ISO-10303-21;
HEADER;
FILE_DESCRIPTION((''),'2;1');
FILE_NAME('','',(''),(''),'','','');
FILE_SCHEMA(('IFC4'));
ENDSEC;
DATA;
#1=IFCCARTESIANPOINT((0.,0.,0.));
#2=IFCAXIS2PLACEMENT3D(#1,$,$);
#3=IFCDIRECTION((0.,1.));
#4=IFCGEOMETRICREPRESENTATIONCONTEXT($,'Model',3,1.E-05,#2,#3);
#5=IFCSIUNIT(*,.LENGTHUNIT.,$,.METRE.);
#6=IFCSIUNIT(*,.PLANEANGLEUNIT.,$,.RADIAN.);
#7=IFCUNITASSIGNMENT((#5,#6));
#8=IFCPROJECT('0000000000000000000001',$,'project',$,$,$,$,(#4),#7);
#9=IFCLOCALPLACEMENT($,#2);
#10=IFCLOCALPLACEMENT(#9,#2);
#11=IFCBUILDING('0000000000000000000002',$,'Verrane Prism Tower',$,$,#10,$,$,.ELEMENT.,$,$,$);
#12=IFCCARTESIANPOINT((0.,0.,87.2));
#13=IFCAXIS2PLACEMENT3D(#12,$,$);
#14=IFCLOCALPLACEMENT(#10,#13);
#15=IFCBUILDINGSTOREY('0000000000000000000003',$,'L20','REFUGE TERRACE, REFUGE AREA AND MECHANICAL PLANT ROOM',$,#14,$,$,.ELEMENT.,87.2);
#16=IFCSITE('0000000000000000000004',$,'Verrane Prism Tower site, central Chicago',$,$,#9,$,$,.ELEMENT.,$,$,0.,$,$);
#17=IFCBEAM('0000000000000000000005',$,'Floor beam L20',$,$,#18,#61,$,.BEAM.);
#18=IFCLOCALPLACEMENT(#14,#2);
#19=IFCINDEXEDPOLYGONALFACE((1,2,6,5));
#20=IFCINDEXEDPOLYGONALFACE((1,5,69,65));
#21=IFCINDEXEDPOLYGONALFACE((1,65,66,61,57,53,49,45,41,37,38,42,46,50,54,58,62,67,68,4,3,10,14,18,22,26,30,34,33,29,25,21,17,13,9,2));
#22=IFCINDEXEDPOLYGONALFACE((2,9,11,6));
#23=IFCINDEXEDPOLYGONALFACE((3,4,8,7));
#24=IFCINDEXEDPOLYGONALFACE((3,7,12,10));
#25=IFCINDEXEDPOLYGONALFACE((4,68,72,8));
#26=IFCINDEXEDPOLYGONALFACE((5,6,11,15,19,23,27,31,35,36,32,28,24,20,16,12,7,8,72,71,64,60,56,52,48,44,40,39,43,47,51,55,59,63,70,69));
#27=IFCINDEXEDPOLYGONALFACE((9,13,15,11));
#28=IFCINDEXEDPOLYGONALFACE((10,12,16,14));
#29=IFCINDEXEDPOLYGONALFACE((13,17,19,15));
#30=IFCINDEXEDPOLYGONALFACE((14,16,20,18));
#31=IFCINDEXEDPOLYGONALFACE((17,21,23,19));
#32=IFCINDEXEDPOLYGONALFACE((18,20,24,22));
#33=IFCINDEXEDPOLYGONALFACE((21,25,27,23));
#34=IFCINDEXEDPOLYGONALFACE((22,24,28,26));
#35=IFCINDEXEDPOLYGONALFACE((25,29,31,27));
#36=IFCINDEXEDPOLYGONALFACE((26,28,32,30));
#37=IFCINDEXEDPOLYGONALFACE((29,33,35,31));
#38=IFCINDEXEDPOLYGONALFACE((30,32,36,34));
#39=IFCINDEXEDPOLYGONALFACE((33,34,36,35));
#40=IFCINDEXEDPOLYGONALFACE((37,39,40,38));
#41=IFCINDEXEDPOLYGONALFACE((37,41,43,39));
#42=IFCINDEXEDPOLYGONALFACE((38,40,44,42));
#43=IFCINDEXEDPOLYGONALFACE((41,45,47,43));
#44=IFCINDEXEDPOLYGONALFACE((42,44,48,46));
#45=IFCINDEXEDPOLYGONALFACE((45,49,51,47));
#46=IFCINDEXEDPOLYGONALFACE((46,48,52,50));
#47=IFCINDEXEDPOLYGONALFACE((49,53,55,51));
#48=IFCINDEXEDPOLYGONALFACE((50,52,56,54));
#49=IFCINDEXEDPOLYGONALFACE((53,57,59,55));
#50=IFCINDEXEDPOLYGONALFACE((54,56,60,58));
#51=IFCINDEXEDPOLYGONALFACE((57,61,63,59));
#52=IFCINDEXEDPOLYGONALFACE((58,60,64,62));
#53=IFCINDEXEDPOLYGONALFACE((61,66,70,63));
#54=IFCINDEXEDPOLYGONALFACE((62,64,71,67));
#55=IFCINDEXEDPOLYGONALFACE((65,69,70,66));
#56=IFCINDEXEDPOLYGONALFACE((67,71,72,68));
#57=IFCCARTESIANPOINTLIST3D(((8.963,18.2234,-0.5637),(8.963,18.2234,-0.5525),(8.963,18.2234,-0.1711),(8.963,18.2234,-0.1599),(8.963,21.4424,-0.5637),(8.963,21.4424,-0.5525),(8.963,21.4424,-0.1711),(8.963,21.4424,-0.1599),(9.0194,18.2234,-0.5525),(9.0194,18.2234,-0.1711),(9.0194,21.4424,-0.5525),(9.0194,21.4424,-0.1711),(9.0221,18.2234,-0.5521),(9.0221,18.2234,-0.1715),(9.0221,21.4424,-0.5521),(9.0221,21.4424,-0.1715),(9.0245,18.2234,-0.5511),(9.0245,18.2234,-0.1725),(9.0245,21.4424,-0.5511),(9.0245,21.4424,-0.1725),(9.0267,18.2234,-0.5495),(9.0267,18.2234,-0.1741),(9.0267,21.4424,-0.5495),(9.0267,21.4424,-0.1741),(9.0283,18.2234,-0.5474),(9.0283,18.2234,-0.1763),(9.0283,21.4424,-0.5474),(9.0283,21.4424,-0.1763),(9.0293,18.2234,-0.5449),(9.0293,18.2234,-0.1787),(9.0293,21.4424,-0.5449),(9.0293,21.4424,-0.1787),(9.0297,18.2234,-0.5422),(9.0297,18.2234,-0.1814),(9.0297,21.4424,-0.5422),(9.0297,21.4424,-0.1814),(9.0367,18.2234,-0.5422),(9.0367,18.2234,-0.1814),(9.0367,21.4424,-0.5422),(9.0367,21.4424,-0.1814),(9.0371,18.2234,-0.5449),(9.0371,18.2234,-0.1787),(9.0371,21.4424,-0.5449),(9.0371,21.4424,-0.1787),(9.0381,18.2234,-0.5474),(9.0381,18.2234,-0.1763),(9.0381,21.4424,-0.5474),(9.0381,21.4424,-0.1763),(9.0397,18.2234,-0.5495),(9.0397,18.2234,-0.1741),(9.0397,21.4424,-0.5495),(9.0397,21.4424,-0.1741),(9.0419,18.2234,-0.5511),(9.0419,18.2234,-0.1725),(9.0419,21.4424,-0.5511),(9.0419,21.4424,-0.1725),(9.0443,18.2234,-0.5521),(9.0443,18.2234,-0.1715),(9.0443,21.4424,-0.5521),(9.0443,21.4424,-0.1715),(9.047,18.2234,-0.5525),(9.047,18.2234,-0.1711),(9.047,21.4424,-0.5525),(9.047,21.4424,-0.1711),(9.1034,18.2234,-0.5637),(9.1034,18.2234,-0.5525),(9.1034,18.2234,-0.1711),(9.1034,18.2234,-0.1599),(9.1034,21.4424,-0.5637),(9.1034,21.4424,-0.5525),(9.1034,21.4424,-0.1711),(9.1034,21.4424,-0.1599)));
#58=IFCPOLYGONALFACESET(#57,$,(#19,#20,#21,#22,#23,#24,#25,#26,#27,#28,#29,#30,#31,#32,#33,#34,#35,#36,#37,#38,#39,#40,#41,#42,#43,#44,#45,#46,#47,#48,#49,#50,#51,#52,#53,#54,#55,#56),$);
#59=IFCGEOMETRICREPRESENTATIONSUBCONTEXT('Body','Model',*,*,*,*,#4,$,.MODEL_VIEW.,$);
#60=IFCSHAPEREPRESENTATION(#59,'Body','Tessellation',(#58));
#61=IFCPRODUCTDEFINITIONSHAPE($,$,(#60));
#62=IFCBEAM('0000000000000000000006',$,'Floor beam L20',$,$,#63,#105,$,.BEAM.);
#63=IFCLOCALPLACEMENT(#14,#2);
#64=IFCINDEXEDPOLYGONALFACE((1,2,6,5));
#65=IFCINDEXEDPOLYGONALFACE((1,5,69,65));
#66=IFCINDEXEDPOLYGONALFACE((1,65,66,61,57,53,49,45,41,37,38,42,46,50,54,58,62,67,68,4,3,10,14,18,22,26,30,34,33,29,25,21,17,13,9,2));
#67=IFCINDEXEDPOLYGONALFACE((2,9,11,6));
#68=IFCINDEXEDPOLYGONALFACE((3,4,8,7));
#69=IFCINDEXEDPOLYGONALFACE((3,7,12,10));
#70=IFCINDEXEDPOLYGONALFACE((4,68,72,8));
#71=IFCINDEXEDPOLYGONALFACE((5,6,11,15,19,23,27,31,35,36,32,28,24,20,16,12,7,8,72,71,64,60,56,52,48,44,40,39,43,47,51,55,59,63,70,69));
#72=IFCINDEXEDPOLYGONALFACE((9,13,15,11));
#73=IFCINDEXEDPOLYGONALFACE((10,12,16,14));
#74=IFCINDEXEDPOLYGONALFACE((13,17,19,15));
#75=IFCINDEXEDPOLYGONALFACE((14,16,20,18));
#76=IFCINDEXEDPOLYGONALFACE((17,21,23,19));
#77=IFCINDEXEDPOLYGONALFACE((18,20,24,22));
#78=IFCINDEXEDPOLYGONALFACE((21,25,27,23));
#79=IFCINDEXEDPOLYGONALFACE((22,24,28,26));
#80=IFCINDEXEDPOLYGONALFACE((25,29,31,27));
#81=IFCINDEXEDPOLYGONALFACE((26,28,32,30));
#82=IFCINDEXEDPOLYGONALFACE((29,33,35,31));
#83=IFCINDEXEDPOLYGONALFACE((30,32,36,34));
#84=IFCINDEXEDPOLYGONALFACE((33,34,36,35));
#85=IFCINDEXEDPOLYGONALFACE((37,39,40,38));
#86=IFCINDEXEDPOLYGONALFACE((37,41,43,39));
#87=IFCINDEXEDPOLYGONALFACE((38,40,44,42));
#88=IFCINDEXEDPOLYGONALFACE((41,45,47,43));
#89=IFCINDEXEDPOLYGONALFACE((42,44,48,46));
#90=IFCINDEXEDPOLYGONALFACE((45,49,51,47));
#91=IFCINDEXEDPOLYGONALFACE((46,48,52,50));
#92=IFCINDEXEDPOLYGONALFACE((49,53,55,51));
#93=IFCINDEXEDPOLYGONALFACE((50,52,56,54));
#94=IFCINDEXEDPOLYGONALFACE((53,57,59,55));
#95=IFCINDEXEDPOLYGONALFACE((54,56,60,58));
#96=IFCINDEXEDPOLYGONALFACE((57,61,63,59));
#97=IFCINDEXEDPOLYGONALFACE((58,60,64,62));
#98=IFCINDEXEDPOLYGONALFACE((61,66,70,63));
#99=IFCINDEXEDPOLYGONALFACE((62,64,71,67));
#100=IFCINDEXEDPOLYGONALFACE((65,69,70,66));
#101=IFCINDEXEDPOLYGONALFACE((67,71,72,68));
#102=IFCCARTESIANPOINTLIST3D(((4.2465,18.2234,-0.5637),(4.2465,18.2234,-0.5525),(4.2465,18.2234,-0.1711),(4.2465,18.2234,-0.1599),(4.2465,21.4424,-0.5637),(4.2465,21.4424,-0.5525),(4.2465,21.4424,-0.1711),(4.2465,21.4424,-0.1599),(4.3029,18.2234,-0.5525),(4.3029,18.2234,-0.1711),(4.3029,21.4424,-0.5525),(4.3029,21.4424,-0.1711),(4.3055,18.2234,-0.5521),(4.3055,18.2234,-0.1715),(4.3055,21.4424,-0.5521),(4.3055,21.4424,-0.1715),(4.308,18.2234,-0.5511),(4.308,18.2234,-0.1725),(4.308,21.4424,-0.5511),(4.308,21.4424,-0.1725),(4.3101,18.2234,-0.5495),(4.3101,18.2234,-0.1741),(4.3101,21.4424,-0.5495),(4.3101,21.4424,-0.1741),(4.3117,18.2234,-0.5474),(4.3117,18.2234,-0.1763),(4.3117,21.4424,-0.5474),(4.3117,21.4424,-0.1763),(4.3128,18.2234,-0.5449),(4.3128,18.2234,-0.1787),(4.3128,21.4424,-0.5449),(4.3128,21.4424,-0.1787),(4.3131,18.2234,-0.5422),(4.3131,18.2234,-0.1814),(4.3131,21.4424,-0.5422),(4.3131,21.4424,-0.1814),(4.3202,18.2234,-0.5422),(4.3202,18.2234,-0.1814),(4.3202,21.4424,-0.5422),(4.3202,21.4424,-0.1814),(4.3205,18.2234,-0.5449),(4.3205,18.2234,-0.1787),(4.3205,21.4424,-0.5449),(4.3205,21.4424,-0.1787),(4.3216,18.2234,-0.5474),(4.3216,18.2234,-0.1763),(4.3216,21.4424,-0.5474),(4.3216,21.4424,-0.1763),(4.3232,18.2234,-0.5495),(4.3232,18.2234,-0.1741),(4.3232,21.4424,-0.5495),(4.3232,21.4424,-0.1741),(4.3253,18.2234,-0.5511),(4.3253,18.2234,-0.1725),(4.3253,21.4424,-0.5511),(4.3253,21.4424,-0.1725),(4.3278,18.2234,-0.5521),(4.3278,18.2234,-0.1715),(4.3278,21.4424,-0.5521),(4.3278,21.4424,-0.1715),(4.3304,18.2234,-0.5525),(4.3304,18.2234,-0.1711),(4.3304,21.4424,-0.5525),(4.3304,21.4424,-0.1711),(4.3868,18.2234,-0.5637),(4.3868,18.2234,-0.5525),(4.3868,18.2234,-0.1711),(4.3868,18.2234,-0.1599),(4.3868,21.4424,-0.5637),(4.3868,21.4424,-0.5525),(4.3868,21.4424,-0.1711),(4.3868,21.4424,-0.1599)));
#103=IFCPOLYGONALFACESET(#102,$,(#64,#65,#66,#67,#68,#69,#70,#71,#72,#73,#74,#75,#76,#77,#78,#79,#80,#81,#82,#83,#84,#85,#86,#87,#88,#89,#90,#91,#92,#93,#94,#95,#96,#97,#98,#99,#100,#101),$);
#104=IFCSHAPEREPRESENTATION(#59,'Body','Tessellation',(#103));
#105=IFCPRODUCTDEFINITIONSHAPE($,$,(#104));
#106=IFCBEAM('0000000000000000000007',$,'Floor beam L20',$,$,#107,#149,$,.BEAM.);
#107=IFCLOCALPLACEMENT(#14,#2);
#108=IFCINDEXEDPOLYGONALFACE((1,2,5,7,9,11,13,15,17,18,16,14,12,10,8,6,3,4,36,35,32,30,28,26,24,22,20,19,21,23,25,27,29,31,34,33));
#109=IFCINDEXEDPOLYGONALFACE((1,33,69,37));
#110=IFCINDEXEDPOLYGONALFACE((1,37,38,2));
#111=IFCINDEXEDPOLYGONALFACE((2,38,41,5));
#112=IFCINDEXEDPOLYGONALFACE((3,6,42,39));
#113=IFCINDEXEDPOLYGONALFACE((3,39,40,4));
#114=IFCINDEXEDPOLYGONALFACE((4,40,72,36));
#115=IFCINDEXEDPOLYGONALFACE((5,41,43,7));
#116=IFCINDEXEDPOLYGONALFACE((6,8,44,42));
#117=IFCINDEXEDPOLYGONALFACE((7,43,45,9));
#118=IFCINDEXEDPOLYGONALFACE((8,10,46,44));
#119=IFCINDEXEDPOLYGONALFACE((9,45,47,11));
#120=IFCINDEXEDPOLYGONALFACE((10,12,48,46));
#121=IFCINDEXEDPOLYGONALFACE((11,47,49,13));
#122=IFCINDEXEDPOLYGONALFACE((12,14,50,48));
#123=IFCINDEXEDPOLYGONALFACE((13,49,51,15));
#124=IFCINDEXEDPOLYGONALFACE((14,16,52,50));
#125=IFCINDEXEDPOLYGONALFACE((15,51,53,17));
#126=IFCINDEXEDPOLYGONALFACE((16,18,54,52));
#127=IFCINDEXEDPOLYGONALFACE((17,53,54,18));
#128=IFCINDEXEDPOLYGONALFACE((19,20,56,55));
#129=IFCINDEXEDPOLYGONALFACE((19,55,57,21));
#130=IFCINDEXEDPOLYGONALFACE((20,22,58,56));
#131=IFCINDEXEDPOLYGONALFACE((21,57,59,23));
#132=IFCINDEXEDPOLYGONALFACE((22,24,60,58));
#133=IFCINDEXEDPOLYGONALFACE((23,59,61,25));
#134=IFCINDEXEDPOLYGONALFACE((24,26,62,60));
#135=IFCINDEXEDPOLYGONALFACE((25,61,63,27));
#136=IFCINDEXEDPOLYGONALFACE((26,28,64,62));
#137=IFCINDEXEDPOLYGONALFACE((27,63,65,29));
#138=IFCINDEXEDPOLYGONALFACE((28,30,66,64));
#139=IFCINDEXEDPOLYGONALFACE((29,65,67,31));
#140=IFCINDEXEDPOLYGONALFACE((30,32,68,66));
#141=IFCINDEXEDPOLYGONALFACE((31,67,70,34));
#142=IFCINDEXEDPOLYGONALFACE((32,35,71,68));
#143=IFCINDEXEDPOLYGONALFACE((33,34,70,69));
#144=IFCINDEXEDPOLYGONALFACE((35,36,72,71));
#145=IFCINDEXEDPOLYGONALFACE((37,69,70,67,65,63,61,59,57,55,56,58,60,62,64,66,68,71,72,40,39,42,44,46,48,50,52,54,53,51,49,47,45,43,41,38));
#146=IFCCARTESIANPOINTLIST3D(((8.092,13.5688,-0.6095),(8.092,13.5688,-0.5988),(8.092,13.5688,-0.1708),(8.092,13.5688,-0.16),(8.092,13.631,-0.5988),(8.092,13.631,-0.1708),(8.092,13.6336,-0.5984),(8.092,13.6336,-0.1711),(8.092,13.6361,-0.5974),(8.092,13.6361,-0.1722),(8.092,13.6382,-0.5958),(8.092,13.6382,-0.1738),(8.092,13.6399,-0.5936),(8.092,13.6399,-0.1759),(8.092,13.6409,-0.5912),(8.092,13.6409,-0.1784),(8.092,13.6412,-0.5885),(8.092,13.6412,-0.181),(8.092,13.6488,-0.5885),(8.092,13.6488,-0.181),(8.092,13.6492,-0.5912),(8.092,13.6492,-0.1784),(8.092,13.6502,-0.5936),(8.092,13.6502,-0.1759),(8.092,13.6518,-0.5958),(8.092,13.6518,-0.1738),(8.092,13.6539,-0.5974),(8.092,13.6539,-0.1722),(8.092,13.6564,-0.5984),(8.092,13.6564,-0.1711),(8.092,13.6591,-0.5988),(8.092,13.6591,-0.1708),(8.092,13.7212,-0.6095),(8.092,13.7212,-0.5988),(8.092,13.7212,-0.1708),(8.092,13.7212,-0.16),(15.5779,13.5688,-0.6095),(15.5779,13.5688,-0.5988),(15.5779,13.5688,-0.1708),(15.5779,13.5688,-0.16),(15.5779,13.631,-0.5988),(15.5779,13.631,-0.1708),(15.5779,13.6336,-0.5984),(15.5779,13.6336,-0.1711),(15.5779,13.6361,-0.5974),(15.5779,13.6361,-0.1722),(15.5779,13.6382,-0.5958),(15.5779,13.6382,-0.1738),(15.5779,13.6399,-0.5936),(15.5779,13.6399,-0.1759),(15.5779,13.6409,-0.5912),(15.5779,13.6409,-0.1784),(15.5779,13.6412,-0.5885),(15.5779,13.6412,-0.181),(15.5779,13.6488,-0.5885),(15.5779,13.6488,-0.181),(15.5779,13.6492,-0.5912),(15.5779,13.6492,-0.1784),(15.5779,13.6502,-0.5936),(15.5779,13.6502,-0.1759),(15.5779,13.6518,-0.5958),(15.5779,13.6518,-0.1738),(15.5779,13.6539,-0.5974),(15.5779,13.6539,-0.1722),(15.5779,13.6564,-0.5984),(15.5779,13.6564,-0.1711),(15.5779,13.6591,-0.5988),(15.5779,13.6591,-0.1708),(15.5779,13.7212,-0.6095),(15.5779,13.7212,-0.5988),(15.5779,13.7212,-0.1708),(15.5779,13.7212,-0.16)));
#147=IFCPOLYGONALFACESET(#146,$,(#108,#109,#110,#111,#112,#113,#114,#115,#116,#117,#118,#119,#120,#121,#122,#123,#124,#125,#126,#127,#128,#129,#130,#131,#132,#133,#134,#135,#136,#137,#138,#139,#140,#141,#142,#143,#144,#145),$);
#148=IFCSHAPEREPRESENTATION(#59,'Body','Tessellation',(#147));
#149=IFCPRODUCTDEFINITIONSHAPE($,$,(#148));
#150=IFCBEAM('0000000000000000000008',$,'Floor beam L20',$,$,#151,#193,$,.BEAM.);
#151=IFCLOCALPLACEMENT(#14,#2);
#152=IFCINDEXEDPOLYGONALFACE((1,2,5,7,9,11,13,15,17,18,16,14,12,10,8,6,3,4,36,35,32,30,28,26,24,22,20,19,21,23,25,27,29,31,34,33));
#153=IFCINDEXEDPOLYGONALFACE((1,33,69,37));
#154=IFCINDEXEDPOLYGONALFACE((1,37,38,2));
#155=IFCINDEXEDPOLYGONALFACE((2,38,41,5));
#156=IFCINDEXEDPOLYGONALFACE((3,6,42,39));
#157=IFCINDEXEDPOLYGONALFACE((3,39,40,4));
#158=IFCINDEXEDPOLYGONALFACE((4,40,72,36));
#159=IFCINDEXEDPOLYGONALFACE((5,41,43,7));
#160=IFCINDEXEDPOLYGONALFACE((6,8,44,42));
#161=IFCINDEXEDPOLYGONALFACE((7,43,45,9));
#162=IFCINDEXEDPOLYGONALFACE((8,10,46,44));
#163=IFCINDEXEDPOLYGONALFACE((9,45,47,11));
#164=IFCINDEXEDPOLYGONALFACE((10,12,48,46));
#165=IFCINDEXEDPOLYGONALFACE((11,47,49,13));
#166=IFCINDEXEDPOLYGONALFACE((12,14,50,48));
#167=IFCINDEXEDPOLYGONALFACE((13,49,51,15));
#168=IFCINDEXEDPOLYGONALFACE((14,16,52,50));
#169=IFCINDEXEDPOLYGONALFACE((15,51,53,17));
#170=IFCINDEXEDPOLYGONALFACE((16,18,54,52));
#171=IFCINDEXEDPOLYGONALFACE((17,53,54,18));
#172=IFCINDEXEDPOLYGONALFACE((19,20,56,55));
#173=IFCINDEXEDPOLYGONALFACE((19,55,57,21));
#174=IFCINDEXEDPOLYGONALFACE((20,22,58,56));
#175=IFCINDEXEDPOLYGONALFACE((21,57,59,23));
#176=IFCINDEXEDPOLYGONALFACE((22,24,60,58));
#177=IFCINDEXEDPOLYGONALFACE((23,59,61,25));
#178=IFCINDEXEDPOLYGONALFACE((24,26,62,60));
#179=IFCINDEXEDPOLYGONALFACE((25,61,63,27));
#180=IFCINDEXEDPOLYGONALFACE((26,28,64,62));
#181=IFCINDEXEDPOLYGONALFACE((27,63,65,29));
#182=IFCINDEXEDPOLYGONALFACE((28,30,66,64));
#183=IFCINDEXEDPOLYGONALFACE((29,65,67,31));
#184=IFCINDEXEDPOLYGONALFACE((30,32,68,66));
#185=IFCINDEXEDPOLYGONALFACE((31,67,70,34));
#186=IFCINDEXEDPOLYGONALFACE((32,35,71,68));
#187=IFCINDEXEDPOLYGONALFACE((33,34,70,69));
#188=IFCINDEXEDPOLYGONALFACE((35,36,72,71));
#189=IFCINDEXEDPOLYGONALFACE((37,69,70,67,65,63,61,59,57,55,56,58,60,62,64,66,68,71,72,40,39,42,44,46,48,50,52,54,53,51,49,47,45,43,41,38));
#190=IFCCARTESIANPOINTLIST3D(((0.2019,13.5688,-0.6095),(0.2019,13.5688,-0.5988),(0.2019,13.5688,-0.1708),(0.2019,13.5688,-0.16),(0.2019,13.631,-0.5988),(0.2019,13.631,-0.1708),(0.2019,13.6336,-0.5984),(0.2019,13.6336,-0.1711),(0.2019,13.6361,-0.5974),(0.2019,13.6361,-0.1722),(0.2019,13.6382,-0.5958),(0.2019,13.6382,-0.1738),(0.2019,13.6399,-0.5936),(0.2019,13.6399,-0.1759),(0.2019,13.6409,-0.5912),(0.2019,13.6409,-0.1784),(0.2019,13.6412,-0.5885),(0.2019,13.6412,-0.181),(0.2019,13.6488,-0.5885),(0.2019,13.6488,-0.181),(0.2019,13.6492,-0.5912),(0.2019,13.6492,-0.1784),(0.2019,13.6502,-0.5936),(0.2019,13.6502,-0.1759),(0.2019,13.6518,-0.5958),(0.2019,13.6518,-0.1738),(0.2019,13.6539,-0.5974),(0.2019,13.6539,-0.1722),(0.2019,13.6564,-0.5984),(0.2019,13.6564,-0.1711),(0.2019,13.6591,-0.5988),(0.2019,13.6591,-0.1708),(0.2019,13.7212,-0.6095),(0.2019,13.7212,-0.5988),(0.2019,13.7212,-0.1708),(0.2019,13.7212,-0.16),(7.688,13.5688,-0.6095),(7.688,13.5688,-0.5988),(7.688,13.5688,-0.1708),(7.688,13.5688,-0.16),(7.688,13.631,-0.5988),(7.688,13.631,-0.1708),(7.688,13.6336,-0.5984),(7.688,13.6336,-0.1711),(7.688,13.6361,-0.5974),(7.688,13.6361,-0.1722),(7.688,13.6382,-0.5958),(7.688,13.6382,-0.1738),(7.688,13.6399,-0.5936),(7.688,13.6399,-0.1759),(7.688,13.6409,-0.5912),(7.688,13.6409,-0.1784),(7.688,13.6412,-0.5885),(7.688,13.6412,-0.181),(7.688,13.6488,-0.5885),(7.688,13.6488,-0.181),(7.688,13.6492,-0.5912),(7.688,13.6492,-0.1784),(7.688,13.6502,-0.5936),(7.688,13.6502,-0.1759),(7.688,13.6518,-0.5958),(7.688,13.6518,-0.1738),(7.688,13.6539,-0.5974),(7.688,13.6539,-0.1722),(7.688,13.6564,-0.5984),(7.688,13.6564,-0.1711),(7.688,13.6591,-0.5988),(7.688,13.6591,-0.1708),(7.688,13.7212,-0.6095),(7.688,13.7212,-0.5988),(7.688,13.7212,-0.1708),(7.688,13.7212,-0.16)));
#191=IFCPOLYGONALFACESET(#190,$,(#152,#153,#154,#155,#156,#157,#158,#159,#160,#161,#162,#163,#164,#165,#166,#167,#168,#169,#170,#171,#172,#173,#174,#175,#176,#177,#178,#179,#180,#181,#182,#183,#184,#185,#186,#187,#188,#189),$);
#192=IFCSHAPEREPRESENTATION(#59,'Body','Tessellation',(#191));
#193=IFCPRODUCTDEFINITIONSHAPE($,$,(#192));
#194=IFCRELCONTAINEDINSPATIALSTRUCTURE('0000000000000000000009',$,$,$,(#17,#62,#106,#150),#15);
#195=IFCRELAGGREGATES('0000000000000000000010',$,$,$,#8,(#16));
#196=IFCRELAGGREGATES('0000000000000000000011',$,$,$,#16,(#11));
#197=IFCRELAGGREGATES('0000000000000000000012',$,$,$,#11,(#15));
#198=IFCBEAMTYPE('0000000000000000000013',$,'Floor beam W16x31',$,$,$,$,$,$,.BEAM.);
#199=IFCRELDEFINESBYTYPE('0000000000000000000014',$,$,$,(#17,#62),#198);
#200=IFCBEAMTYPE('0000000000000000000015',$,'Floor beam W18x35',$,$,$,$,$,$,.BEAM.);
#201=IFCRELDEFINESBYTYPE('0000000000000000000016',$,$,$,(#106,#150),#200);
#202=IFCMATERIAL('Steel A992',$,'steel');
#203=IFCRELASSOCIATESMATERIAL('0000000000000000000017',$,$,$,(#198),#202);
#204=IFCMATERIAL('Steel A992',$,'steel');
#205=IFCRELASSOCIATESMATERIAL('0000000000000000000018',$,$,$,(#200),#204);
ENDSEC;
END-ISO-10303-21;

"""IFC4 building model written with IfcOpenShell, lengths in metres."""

from ifc_helpers import new_model, si_unit, direction, frame, origin, origin_2d, place, context, subcontext, project, spatial, i_section, extrude, material, material_profile, profile_set, type_object, element, save


model = new_model("IFC4")

# Units and contexts
model_context = context("Model", 3, precision=1e-05, world=origin(), true_north=direction((0.0, 1.0)))
body_context = subcontext(model_context, "Body", "Model", "MODEL_VIEW")
ifc_project = project(units=[si_unit("LENGTHUNIT", "METRE"), si_unit("PLANEANGLEUNIT", "RADIAN")], contexts=[model_context])

# Site, building, storey
site_placement = place(None, origin())
site = spatial("IfcSite", under=ifc_project, at=site_placement, Name="Verrane Prism Tower site, central Chicago", CompositionType="ELEMENT", RefElevation=0.0)
building_placement = place(site_placement, origin())
building = spatial("IfcBuilding", under=site, at=building_placement, Name="Verrane Prism Tower", CompositionType="ELEMENT")
storey_placement = place(building_placement, frame((0.0, 0.0, 87.2)))
storey = spatial("IfcBuildingStorey", under=building, at=storey_placement, Name="L20", Description="REFUGE TERRACE, REFUGE AREA AND MECHANICAL PLANT ROOM", CompositionType="ELEMENT", Elevation=87.2)

# Beams
ifc_material_1 = material(Name="Steel A992", Category="steel")
ifc_material_profile_1 = material_profile(ifc_material_1, i_section(OverallWidth=0.1404, OverallDepth=0.4038, WebThickness=0.0071, FlangeThickness=0.0112, FilletRadius=0.0103, at=origin_2d()), Name="W16x31")
ifc_profile_set_1 = profile_set([ifc_material_profile_1], Name="Steel A992")
beam_type_1 = type_object("IfcBeamType", Name="Floor beam W16x31", PredefinedType="BEAM", material=ifc_profile_set_1)
for number, where, z_axis, x_axis, name in (
    (1, (9.0332, 18.2234, -0.3618), (0.0, 1.0, 0.0), (-1.0, 0.0, 0.0), "Floor beam L20"),
    (2, (4.3167, 18.2234, -0.3618), (0.0, 1.0, 0.0), (-1.0, 0.0, 0.0), "Floor beam L20"),
):
    element("IfcBeam", number, at=place(storey_placement, frame(where, z_axis=z_axis, x_axis=x_axis)), inside=storey, type_object=beam_type_1, Name=name, PredefinedType="BEAM", context=body_context, shape_type="SweptSolid", body=[
        extrude(i_section(OverallWidth=0.1404, OverallDepth=0.4038, WebThickness=0.0071, FlangeThickness=0.0112, FilletRadius=0.0103, at=origin_2d()), origin(), (0.0, 0.0, 1.0), 3.219),
    ])
ifc_material_2 = material(Name="Steel A992", Category="steel")
ifc_material_profile_2 = material_profile(ifc_material_2, i_section(OverallWidth=0.1523, OverallDepth=0.4495, WebThickness=0.0076, FlangeThickness=0.0107, FilletRadius=0.0103, at=origin_2d()), Name="W18x35")
ifc_profile_set_2 = profile_set([ifc_material_profile_2], Name="Steel A992")
beam_type_2 = type_object("IfcBeamType", Name="Floor beam W18x35", PredefinedType="BEAM", material=ifc_profile_set_2)
beam_1_placement = place(storey_placement, frame((8.092, 13.645, -0.3848), z_axis=(1.0, 0.0, 0.0), x_axis=(0.0, 1.0, 0.0)))
element("IfcBeam", 3, at=beam_1_placement, inside=storey, type_object=beam_type_2, Name="Floor beam L20", PredefinedType="BEAM", context=body_context, shape_type="SweptSolid", body=[
    extrude(i_section(OverallWidth=0.1523, OverallDepth=0.4495, WebThickness=0.0076, FlangeThickness=0.0107, FilletRadius=0.0103, at=origin_2d()), origin(), (0.0, 0.0, 1.0), 7.4858),
])
beam_2_placement = place(storey_placement, frame((0.2019, 13.645, -0.3848), z_axis=(1.0, 0.0, 0.0), x_axis=(0.0, 1.0, 0.0)))
element("IfcBeam", 4, at=beam_2_placement, inside=storey, type_object=beam_type_2, Name="Floor beam L20", PredefinedType="BEAM", context=body_context, shape_type="SweptSolid", body=[
    extrude(i_section(OverallWidth=0.1523, OverallDepth=0.4495, WebThickness=0.0076, FlangeThickness=0.0107, FilletRadius=0.0103, at=origin_2d()), origin(), (0.0, 0.0, 1.0), 7.4861),
])

save(model, "model.ifc")
